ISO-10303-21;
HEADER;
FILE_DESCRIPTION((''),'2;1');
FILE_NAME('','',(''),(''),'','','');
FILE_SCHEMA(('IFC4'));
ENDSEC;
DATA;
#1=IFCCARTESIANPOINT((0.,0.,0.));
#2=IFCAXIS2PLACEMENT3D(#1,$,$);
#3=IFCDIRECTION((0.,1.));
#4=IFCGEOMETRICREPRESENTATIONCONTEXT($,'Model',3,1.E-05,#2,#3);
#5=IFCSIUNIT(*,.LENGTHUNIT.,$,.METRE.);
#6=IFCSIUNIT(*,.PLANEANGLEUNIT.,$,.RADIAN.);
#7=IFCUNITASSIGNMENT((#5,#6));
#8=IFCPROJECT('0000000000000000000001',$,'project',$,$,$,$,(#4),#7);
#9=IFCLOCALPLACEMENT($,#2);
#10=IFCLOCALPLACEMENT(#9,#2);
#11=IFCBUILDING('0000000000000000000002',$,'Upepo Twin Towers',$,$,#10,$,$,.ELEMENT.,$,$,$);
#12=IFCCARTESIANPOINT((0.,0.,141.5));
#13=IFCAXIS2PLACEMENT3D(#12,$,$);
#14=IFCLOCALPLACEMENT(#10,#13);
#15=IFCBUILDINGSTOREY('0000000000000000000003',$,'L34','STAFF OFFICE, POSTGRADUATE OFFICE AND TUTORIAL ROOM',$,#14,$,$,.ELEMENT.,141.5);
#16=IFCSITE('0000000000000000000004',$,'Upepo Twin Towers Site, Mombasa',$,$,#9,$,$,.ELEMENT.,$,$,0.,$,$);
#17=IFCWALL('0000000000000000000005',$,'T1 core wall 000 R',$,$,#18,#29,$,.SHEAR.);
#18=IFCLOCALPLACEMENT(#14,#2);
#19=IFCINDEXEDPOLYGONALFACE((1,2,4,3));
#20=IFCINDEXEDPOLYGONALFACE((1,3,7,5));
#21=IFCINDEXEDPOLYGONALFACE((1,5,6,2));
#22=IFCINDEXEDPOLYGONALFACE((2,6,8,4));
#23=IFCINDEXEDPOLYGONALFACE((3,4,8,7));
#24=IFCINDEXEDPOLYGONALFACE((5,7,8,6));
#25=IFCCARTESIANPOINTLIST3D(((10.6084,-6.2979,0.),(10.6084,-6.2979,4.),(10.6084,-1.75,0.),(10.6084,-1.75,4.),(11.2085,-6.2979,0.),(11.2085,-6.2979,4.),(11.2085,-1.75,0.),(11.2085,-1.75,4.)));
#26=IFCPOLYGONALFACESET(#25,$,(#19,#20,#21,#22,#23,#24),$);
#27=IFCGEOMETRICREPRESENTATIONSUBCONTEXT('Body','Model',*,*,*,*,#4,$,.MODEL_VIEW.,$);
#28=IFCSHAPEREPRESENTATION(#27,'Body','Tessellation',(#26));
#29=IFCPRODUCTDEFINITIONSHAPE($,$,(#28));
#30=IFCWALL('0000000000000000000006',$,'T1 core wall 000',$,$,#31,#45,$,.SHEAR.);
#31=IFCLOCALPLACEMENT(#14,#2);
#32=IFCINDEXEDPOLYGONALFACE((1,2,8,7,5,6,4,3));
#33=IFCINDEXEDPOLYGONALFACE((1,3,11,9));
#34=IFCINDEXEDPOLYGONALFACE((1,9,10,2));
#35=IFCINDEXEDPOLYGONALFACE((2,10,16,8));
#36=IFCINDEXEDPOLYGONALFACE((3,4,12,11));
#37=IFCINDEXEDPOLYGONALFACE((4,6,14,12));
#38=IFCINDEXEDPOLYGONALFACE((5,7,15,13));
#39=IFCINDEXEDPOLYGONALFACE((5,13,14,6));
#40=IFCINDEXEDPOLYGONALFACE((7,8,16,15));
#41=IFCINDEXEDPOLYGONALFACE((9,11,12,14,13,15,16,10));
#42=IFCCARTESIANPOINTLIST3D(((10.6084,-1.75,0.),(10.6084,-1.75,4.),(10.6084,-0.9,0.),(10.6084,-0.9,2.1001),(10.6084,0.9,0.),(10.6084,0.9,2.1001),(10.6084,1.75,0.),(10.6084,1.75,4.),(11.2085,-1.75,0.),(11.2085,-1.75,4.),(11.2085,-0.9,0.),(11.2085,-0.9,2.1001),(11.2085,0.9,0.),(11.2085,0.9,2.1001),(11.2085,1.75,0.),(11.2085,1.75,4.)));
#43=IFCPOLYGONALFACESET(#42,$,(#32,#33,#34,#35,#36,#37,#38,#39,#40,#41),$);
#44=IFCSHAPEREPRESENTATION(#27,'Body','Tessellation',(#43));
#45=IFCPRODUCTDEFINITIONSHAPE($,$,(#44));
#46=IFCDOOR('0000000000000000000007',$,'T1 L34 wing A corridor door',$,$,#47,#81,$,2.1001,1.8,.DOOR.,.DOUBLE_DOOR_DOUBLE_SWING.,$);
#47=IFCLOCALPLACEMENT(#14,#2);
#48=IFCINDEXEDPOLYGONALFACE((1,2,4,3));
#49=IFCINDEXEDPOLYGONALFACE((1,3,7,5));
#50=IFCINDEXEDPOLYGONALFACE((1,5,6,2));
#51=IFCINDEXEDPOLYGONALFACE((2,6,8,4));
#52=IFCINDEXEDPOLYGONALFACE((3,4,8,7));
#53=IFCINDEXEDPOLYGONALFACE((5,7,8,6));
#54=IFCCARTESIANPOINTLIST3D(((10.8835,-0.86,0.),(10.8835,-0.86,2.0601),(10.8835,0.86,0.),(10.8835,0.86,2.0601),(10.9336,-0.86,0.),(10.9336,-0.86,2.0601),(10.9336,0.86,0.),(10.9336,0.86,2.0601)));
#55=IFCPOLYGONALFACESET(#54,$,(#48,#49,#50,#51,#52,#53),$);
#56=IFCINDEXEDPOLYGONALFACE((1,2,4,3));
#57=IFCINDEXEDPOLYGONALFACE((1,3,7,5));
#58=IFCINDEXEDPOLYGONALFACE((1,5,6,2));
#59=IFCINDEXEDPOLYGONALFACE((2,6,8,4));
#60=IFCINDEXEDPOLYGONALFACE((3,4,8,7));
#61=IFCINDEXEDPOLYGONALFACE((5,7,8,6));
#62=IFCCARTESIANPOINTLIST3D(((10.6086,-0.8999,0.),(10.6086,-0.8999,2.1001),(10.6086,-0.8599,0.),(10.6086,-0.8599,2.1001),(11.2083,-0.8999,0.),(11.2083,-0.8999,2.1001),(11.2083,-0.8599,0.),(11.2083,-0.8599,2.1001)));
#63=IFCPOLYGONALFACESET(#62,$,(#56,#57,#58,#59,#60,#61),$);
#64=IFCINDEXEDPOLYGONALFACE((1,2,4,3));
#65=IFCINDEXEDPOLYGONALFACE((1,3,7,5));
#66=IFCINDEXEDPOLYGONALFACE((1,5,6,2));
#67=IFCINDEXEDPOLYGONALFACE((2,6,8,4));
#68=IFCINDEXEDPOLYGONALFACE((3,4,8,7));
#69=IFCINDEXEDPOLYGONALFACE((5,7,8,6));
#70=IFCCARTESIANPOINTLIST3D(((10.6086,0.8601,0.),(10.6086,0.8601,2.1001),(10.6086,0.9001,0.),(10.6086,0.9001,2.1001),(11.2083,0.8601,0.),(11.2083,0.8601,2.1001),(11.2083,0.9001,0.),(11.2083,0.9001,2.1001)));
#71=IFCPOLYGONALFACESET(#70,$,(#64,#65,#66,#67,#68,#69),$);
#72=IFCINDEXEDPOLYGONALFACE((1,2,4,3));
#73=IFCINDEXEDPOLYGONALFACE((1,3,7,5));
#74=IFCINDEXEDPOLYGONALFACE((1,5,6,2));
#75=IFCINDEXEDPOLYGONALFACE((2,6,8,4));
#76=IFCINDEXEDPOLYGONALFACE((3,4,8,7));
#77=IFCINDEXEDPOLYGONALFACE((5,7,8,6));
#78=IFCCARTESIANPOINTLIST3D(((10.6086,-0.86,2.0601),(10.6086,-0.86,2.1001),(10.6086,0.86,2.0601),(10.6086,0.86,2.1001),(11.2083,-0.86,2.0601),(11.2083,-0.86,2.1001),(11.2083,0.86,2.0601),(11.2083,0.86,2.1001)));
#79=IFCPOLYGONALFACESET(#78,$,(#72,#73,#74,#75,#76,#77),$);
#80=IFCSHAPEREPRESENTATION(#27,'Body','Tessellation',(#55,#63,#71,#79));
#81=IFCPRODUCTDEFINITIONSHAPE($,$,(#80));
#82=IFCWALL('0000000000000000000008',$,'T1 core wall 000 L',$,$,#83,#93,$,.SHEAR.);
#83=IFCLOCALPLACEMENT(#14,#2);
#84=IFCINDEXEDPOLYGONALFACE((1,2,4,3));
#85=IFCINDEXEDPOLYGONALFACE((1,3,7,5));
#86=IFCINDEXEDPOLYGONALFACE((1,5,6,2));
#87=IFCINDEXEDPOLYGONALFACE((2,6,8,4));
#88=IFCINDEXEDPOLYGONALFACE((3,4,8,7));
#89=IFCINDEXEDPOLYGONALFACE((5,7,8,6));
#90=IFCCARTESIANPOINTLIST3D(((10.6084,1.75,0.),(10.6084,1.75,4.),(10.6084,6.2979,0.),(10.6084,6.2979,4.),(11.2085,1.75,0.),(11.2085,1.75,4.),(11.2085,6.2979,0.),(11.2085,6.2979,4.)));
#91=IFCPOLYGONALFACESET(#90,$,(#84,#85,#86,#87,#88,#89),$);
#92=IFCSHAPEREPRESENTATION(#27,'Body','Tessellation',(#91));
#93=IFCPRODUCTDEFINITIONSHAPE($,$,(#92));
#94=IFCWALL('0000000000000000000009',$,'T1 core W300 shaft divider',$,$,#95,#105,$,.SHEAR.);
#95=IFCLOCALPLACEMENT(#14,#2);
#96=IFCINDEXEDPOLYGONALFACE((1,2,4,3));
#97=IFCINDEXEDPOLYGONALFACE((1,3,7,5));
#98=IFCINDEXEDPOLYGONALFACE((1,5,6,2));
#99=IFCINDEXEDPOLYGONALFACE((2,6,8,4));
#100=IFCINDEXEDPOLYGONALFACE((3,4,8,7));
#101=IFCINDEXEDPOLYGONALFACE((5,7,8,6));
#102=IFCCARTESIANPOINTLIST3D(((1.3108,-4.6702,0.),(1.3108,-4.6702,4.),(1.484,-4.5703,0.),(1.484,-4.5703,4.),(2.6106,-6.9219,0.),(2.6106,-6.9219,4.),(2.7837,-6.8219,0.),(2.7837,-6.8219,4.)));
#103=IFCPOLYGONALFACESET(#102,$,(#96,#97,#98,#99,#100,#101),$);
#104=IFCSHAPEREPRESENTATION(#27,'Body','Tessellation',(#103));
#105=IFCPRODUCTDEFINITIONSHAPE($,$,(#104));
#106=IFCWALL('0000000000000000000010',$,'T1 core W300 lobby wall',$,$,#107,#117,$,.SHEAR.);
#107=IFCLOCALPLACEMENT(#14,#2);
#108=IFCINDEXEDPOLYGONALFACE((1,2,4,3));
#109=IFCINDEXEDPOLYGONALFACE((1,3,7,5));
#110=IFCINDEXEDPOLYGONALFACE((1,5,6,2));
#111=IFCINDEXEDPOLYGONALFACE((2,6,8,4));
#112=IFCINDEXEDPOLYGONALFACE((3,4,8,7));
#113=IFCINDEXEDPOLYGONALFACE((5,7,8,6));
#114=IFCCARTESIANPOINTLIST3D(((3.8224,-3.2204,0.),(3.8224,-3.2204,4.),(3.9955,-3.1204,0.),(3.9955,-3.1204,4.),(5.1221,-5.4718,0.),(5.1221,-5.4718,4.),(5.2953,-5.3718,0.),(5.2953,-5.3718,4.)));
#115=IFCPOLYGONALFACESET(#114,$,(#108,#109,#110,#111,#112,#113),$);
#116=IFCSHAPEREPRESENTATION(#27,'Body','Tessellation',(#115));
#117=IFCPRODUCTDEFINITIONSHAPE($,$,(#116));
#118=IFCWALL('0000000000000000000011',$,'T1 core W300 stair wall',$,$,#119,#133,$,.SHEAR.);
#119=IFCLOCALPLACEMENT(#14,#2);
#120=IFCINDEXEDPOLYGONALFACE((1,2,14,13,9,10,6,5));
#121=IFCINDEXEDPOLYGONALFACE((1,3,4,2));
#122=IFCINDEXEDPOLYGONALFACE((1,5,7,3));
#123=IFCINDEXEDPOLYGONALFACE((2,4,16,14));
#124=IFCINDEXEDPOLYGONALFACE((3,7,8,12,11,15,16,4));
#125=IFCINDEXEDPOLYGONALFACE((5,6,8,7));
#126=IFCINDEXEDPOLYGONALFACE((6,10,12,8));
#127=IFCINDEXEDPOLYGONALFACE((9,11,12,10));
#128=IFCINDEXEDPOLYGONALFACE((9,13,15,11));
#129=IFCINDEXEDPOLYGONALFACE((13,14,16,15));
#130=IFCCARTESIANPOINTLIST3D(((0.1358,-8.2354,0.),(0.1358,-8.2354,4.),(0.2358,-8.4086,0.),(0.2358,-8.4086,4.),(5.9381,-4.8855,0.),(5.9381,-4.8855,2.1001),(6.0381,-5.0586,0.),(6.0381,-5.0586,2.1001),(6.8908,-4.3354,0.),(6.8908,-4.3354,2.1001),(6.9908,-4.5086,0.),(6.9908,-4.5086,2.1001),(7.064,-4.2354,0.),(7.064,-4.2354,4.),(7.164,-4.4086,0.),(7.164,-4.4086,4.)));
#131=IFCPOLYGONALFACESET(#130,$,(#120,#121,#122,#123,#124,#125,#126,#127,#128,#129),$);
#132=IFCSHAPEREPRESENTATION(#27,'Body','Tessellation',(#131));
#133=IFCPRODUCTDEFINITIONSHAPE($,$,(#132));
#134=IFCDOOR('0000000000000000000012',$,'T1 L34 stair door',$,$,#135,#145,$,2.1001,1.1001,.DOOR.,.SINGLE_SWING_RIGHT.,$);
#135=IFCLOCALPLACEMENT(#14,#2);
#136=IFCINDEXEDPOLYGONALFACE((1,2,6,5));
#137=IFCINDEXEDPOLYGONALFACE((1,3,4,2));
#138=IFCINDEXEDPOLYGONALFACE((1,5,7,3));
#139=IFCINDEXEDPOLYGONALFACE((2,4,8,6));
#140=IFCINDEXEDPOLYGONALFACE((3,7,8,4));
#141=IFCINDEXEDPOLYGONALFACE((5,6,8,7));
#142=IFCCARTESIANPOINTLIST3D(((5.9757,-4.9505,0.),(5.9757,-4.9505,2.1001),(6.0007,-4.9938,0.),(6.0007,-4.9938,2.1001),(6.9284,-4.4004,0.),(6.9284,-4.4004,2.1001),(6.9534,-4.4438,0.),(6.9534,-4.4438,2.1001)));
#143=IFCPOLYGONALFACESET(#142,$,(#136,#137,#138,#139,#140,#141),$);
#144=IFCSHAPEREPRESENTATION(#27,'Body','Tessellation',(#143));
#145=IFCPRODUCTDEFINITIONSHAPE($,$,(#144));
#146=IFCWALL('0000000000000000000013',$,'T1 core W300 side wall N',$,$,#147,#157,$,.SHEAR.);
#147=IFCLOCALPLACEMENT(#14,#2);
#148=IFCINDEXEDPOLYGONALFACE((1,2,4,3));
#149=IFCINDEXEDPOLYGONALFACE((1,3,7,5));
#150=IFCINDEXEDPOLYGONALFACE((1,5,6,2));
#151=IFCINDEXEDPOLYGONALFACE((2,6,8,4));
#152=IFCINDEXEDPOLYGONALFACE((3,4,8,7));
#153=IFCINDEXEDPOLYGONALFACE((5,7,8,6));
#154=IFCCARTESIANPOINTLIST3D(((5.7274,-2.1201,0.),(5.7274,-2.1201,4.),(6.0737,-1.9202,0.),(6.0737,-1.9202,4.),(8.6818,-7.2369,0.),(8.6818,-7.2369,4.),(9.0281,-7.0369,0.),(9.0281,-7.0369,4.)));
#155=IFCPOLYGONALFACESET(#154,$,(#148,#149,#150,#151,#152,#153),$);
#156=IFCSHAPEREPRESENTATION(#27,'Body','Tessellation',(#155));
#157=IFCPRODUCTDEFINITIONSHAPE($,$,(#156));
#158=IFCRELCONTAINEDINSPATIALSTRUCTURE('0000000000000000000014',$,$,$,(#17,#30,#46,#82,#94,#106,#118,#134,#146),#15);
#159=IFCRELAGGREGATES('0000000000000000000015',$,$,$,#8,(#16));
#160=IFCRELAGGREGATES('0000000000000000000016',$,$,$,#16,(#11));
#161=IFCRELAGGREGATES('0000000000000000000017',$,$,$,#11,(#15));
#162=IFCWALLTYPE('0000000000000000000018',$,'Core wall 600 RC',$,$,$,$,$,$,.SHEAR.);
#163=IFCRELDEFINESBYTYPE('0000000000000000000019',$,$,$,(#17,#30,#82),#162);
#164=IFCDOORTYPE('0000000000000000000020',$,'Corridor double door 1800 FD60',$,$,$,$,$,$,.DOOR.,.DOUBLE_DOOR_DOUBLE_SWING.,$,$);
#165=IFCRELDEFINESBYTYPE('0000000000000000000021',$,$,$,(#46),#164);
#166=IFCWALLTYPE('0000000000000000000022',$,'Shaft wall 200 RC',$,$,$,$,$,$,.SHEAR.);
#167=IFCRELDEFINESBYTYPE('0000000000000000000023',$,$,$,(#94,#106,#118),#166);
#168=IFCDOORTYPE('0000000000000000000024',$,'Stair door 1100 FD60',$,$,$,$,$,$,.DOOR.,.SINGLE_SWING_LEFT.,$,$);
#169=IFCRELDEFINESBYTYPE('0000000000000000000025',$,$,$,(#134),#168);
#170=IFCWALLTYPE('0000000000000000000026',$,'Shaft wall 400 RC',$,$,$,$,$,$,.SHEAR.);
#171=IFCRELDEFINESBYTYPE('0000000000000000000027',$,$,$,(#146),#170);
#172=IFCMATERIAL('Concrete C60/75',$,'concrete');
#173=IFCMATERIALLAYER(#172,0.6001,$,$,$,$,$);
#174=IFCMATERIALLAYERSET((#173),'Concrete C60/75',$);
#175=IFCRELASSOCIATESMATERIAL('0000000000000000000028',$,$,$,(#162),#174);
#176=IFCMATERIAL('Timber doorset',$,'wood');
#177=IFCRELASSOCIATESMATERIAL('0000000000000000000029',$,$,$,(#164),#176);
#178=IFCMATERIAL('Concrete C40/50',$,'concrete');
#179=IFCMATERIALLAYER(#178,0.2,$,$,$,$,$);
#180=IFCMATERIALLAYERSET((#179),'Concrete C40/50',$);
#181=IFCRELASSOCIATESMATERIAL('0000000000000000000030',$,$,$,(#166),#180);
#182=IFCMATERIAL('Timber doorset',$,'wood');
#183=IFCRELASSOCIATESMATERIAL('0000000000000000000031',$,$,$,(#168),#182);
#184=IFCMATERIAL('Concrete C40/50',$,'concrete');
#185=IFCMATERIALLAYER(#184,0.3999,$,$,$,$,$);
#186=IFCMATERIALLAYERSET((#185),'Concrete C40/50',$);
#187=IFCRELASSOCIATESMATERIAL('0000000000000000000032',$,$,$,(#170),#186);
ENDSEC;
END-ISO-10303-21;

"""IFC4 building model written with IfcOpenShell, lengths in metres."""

from ifc_helpers import new_model, si_unit, direction, frame, frame_2d, origin, place, context, subcontext, project, spatial, rectangle, extrude, material, layer, layer_set, type_object, element, fill, save


model = new_model("IFC4")

# Units and contexts
model_context = context("Model", 3, precision=1e-05, world=origin(), true_north=direction((0.0, 1.0)))
body_context = subcontext(model_context, "Body", "Model", "MODEL_VIEW")
ifc_project = project(units=[si_unit("LENGTHUNIT", "METRE"), si_unit("PLANEANGLEUNIT", "RADIAN")], contexts=[model_context])

# Site, building, storey
site_placement = place(None, origin())
site = spatial("IfcSite", under=ifc_project, at=site_placement, Name="Upepo Twin Towers Site, Mombasa", CompositionType="ELEMENT", RefElevation=0.0)
building_placement = place(site_placement, origin())
building = spatial("IfcBuilding", under=site, at=building_placement, Name="Upepo Twin Towers", CompositionType="ELEMENT")
storey_placement = place(building_placement, frame((0.0, 0.0, 141.5)))
storey = spatial("IfcBuildingStorey", under=building, at=storey_placement, Name="L34", Description="STAFF OFFICE, POSTGRADUATE OFFICE AND TUTORIAL ROOM", CompositionType="ELEMENT", Elevation=141.5)

# Wall
ifc_material_1 = material(Name="Concrete C60/75", Category="concrete")
ifc_layer_1 = layer(ifc_material_1, 0.6001)
ifc_layer_set_1 = layer_set([ifc_layer_1], Name="Concrete C60/75")
wall_type_1 = type_object("IfcWallType", Name="Core wall 600 RC", PredefinedType="SHEAR", material=ifc_layer_set_1)
wall_1_placement = place(storey_placement, frame((10.9084, -6.2979, 0.0), z_axis=(0.0, 0.0, 1.0), x_axis=(0.0, 1.0, 0.0)))
element("IfcWall", 1, at=wall_1_placement, inside=storey, type_object=wall_type_1, Name="T1 core wall 000 R", PredefinedType="SHEAR", context=body_context, shape_type="SweptSolid", body=[
    extrude(rectangle(XDim=4.5479, YDim=0.6001, at=frame_2d((2.2739, 0.0))), origin(), (0.0, 0.0, 1.0), 4.0),
])

# Wall, opening, door
wall_2_placement = place(storey_placement, frame((10.9084, -1.75, 0.0), z_axis=(0.0, 0.0, 1.0), x_axis=(0.0, 1.0, 0.0)))
wall_2 = element("IfcWall", 2, at=wall_2_placement, inside=storey, type_object=wall_type_1, Name="T1 core wall 000", PredefinedType="SHEAR", context=body_context, shape_type="SweptSolid", body=[
    extrude(rectangle(XDim=3.5, YDim=0.6001, at=frame_2d((1.75, 0.0))), origin(), (0.0, 0.0, 1.0), 4.0),
])
opening_1_placement = place(wall_2_placement, frame((0.8501, 0.0, 0.0)))
opening_1 = element("IfcOpeningElement", 3, at=opening_1_placement, cuts=wall_2, PredefinedType="OPENING", context=body_context, shape_type="SweptSolid", body=[
    extrude(rectangle(XDim=1.8, YDim=2.1001, at=frame_2d((0.8999, 1.05))), frame((0.0, 0.3101, 0.0), z_axis=(0.0, -1.0, 0.0), x_axis=(1.0, 0.0, 0.0)), (0.0, 0.0, 1.0), 0.6201),
])
ifc_material_2 = material(Name="Timber doorset", Category="wood")
door_type_1 = type_object("IfcDoorType", Name="Corridor double door 1800 FD60", OperationType="DOUBLE_DOOR_DOUBLE_SWING", PredefinedType="DOOR", material=ifc_material_2)
door_1_placement = place(opening_1_placement, origin())
door_1 = element("IfcDoor", 4, at=door_1_placement, inside=storey, type_object=door_type_1, Name="T1 L34 wing A corridor door", OperationType="DOUBLE_DOOR_DOUBLE_SWING", OverallHeight=2.1001, OverallWidth=1.8, PredefinedType="DOOR", context=body_context, shape_type="SweptSolid", body=[
    extrude(rectangle(XDim=1.72, YDim=2.0601, at=frame_2d((0.8999, 1.03))), frame((0.0, 0.0249, 0.0), z_axis=(0.0, -1.0, 0.0), x_axis=(1.0, 0.0, 0.0)), (0.0, 0.0, 1.0), 0.05),
    extrude(rectangle(XDim=0.04, YDim=2.1001, at=frame_2d((0.02, 1.05))), frame((0.0, 0.2998, 0.0), z_axis=(0.0, -1.0, 0.0), x_axis=(1.0, 0.0, 0.0)), (0.0, 0.0, 1.0), 0.5996),
    extrude(rectangle(XDim=0.04, YDim=2.1001, at=frame_2d((1.78, 1.05))), frame((0.0, 0.2998, 0.0), z_axis=(0.0, -1.0, 0.0), x_axis=(1.0, 0.0, 0.0)), (0.0, 0.0, 1.0), 0.5996),
    extrude(rectangle(XDim=1.72, YDim=0.04, at=frame_2d((0.8999, 2.0801))), frame((0.0, 0.2998, 0.0), z_axis=(0.0, -1.0, 0.0), x_axis=(1.0, 0.0, 0.0)), (0.0, 0.0, 1.0), 0.5996),
])
fill(opening_1, door_1)

# Walls
wall_3_placement = place(storey_placement, frame((10.9084, 1.75, 0.0), z_axis=(0.0, 0.0, 1.0), x_axis=(0.0, 1.0, 0.0)))
element("IfcWall", 5, at=wall_3_placement, inside=storey, type_object=wall_type_1, Name="T1 core wall 000 L", PredefinedType="SHEAR", context=body_context, shape_type="SweptSolid", body=[
    extrude(rectangle(XDim=4.5479, YDim=0.6001, at=frame_2d((2.2739, 0.0))), origin(), (0.0, 0.0, 1.0), 4.0),
])
ifc_material_3 = material(Name="Concrete C40/50", Category="concrete")
ifc_layer_2 = layer(ifc_material_3, 0.2)
ifc_layer_set_2 = layer_set([ifc_layer_2], Name="Concrete C40/50")
wall_type_2 = type_object("IfcWallType", Name="Shaft wall 200 RC", PredefinedType="SHEAR", material=ifc_layer_set_2)
wall_4_placement = place(storey_placement, frame((1.3975, -4.6204, 0.0), z_axis=(0.0, 0.0, 1.0), x_axis=(0.499937, -0.866062, 0.0)))
element("IfcWall", 6, at=wall_4_placement, inside=storey, type_object=wall_type_2, Name="T1 core W300 shaft divider", PredefinedType="SHEAR", context=body_context, shape_type="SweptSolid", body=[
    extrude(rectangle(XDim=2.5999, YDim=0.2, at=frame_2d((1.2998, 0.0))), origin(), (0.0, 0.0, 1.0), 4.0),
])
wall_5_placement = place(storey_placement, frame((3.9089, -3.1704, 0.0), z_axis=(0.0, 0.0, 1.0), x_axis=(0.499977, -0.866039, 0.0)))
element("IfcWall", 7, at=wall_5_placement, inside=storey, type_object=wall_type_2, Name="T1 core W300 lobby wall", PredefinedType="SHEAR", context=body_context, shape_type="SweptSolid", body=[
    extrude(rectangle(XDim=2.5996, YDim=0.2, at=frame_2d((1.2998, 0.0))), origin(), (0.0, 0.0, 1.0), 4.0),
])

# Wall, opening, door
wall_6_placement = place(storey_placement, frame((0.1858, -8.322, 0.0), z_axis=(0.0, 0.0, 1.0), x_axis=(0.866026, 0.499999, 0.0)))
wall_6 = element("IfcWall", 8, at=wall_6_placement, inside=storey, type_object=wall_type_2, Name="T1 core W300 stair wall", PredefinedType="SHEAR", context=body_context, shape_type="SweptSolid", body=[
    extrude(rectangle(XDim=8.0, YDim=0.2, at=frame_2d((4.0, 0.0))), origin(), (0.0, 0.0, 1.0), 4.0),
])
opening_2_placement = place(wall_6_placement, frame((6.7, 0.0, 0.0)))
opening_2 = element("IfcOpeningElement", 9, at=opening_2_placement, cuts=wall_6, PredefinedType="OPENING", context=body_context, shape_type="SweptSolid", body=[
    extrude(rectangle(XDim=1.1001, YDim=2.1001, at=frame_2d((0.55, 1.05))), frame((0.0, 0.1099, 0.0), z_axis=(0.0, -1.0, 0.0), x_axis=(1.0, 0.0, 0.0)), (0.0, 0.0, 1.0), 0.22),
])
ifc_material_4 = material(Name="Timber doorset", Category="wood")
door_type_2 = type_object("IfcDoorType", Name="Stair door 1100 FD60", OperationType="SINGLE_SWING_LEFT", PredefinedType="DOOR", material=ifc_material_4)
door_2_placement = place(opening_2_placement, origin())
door_2 = element("IfcDoor", 10, at=door_2_placement, inside=storey, type_object=door_type_2, Name="T1 L34 stair door", OperationType="SINGLE_SWING_RIGHT", OverallHeight=2.1001, OverallWidth=1.1001, PredefinedType="DOOR", context=body_context, shape_type="SweptSolid", body=[
    extrude(rectangle(XDim=1.1001, YDim=2.1001, at=frame_2d((0.55, 1.05))), frame((0.0, 0.0249, 0.0), z_axis=(0.0, -1.0, 0.0), x_axis=(1.0, 0.0, 0.0)), (0.0, 0.0, 1.0), 0.05),
])
fill(opening_2, door_2)

# Wall
ifc_material_5 = material(Name="Concrete C40/50", Category="concrete")
ifc_layer_3 = layer(ifc_material_5, 0.3999)
ifc_layer_set_3 = layer_set([ifc_layer_3], Name="Concrete C40/50")
wall_type_3 = type_object("IfcWallType", Name="Shaft wall 400 RC", PredefinedType="SHEAR", material=ifc_layer_set_3)
wall_7_placement = place(storey_placement, frame((5.9006, -2.0203, 0.0), z_axis=(0.0, 0.0, 1.0), x_axis=(0.500028, -0.866009, 0.0)))
element("IfcWall", 11, at=wall_7_placement, inside=storey, type_object=wall_type_3, Name="T1 core W300 side wall N", PredefinedType="SHEAR", context=body_context, shape_type="SweptSolid", body=[
    extrude(rectangle(XDim=5.9084, YDim=0.3999, at=frame_2d((2.9541, 0.0))), origin(), (0.0, 0.0, 1.0), 4.0),
])

save(model, "model.ifc")
